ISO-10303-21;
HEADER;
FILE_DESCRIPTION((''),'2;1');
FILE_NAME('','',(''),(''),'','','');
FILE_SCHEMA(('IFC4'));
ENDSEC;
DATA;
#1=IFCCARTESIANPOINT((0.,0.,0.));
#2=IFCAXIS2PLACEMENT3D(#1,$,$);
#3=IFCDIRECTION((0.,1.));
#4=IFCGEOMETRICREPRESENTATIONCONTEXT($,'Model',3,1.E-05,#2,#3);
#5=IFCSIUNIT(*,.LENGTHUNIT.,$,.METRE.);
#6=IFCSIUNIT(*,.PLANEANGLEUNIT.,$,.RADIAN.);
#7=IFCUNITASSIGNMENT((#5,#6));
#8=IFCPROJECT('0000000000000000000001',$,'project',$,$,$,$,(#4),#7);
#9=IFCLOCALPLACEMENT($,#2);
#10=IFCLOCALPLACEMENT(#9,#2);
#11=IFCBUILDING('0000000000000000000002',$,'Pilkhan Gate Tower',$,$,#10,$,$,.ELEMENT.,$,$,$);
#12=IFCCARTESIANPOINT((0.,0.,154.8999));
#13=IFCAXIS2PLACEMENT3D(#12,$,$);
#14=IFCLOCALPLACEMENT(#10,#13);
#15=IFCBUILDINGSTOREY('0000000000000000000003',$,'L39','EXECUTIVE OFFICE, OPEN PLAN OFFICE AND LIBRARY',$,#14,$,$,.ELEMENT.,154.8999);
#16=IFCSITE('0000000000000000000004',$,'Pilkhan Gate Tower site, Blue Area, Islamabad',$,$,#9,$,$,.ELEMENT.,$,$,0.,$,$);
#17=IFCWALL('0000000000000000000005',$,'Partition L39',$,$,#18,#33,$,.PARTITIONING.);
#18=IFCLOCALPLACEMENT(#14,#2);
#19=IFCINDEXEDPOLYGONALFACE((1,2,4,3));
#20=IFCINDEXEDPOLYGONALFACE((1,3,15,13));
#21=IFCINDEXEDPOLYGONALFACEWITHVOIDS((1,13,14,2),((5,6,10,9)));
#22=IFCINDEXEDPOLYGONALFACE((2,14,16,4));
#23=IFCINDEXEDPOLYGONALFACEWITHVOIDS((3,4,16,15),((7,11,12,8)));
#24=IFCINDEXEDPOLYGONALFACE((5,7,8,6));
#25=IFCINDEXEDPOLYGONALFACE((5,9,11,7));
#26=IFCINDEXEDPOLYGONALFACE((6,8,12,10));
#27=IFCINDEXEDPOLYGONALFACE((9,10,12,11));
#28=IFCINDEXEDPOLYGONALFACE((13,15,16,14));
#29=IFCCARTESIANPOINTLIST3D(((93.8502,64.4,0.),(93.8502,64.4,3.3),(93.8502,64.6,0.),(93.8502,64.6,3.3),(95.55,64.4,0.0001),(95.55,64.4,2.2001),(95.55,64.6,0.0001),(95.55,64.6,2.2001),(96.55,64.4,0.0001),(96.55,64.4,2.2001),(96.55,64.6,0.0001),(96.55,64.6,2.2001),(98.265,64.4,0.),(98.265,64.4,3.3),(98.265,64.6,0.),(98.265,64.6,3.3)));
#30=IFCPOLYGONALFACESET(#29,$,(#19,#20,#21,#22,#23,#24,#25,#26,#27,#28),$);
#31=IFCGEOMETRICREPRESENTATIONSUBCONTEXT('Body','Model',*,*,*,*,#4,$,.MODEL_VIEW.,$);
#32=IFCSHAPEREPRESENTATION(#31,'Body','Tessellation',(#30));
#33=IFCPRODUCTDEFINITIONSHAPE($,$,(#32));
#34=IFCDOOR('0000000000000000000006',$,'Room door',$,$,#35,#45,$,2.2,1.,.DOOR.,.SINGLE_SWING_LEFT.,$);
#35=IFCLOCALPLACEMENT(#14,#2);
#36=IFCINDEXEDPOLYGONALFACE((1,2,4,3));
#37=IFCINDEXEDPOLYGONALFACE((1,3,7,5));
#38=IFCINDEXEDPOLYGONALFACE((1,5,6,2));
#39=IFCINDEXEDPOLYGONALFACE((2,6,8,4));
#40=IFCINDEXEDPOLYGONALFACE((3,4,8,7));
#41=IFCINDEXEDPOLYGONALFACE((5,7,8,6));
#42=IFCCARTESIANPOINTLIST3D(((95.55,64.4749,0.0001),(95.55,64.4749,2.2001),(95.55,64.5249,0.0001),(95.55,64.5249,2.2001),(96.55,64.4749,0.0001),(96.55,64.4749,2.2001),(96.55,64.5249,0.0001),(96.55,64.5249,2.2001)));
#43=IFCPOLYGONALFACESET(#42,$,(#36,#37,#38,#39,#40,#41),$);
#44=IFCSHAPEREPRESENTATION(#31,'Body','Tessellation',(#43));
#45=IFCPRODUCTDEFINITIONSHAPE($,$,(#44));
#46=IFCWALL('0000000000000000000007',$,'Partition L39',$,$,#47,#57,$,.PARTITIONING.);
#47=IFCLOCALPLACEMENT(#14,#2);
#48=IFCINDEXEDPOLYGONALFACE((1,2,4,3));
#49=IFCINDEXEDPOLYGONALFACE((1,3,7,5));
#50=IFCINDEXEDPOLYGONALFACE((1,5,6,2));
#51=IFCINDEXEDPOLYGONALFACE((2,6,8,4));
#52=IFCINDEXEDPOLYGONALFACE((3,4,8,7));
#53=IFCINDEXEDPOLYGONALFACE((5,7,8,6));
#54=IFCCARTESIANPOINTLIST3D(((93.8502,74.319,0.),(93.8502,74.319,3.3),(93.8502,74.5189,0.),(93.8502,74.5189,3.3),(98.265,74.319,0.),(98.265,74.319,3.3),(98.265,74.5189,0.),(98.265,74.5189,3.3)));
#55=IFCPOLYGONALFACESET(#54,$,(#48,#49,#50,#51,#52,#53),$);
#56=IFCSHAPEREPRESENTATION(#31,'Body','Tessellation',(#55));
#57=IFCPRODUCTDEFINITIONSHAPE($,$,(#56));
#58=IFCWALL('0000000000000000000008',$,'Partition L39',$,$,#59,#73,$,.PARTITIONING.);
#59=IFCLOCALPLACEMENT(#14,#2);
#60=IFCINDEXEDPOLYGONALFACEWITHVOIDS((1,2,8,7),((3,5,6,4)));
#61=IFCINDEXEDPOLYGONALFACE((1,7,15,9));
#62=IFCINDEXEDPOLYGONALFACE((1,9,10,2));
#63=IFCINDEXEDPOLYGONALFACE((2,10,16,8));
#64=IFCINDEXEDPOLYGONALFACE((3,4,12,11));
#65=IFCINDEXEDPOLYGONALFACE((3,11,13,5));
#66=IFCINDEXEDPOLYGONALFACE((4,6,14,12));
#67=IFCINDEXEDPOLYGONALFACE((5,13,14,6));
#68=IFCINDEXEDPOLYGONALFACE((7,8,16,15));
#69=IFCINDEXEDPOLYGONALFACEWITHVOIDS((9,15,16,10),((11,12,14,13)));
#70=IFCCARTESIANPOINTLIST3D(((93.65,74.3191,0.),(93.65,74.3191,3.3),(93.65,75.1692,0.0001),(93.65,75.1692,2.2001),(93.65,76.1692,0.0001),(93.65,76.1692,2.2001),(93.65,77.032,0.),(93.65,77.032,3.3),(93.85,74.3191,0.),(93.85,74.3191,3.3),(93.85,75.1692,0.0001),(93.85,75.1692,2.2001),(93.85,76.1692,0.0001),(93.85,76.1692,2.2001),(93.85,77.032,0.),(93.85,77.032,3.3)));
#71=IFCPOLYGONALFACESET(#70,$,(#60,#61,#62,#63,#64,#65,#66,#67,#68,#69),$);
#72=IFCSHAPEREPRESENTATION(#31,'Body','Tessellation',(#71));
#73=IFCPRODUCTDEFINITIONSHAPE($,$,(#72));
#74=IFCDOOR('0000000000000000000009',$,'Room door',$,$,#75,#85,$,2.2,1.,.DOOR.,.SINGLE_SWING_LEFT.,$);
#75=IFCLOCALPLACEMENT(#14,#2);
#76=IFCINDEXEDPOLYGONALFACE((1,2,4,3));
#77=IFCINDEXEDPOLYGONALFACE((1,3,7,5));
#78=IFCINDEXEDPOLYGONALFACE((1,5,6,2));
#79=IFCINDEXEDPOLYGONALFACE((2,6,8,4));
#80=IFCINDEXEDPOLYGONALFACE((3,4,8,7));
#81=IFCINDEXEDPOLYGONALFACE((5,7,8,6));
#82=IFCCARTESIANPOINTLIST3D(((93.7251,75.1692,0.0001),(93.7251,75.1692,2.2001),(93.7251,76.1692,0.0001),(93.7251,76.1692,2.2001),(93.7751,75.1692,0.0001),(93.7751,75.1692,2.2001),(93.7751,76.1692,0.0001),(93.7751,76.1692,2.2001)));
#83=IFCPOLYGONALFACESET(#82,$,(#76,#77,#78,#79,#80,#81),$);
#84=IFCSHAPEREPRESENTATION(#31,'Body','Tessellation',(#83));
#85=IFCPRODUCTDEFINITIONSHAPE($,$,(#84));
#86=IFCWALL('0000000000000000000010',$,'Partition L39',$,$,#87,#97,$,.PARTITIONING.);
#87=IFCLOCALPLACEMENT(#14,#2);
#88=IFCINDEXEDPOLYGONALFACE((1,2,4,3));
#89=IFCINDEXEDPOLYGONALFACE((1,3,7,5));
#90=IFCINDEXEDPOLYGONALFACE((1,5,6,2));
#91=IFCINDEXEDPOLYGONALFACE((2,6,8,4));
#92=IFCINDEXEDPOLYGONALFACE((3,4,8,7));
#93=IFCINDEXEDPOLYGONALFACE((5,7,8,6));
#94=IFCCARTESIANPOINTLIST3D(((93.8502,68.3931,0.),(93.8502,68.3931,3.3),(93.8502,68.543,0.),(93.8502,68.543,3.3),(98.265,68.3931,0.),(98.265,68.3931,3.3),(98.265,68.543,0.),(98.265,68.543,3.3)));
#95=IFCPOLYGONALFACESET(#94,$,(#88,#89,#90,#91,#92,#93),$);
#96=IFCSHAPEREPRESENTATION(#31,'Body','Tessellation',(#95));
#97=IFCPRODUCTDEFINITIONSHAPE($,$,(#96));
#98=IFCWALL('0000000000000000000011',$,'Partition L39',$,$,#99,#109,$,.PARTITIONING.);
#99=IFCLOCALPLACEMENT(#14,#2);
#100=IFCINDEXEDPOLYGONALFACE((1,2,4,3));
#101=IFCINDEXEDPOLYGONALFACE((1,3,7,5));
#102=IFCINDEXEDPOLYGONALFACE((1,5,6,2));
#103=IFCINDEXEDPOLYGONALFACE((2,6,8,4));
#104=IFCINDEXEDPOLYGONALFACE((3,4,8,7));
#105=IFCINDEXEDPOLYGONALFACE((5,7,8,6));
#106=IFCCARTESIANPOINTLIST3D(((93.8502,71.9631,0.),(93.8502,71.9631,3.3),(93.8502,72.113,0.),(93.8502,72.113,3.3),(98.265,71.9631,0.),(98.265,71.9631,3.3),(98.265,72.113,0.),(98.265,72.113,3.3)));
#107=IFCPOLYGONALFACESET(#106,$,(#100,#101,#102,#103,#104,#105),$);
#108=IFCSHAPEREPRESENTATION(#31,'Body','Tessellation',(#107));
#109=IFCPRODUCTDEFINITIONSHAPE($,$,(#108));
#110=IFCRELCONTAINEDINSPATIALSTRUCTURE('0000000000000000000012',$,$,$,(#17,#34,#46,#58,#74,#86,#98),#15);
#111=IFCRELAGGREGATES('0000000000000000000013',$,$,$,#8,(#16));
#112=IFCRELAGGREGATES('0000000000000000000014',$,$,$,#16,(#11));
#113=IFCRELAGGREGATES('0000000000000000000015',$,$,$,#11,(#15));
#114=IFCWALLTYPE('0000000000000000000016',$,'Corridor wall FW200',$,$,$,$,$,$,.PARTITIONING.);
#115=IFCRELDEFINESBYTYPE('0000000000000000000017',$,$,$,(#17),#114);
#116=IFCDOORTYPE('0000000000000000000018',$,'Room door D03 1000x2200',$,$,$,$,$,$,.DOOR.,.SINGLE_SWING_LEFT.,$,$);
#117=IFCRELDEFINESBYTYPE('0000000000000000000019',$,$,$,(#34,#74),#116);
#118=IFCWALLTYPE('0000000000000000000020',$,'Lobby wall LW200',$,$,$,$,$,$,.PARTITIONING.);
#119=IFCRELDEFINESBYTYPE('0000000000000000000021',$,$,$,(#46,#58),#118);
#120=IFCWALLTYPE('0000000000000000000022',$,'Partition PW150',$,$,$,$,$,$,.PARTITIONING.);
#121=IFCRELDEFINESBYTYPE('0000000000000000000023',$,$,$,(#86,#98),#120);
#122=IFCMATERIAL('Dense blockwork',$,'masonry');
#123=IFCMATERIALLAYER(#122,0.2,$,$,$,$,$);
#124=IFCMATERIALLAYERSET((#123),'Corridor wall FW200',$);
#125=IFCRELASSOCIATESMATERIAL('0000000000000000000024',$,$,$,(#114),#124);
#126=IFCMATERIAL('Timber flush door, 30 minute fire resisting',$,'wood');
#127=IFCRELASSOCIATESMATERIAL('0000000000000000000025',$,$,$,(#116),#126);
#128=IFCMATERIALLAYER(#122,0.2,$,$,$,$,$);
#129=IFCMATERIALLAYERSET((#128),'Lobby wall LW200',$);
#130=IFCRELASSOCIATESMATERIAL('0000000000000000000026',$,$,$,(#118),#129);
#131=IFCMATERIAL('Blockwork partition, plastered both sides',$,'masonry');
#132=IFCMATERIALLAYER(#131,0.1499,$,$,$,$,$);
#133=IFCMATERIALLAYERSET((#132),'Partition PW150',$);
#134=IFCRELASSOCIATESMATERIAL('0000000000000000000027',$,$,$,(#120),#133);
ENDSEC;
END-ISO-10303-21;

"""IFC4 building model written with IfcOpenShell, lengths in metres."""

from ifc_helpers import new_model, si_unit, direction, frame, frame_2d, origin, place, context, subcontext, project, spatial, rectangle, extrude, material, layer, layer_set, type_object, element, fill, save


model = new_model("IFC4")

# Units and contexts
model_context = context("Model", 3, precision=1e-05, world=origin(), true_north=direction((0.0, 1.0)))
body_context = subcontext(model_context, "Body", "Model", "MODEL_VIEW")
ifc_project = project(units=[si_unit("LENGTHUNIT", "METRE"), si_unit("PLANEANGLEUNIT", "RADIAN")], contexts=[model_context])

# Site, building, storey
site_placement = place(None, origin())
site = spatial("IfcSite", under=ifc_project, at=site_placement, Name="Pilkhan Gate Tower site, Blue Area, Islamabad", CompositionType="ELEMENT", RefElevation=0.0)
building_placement = place(site_placement, origin())
building = spatial("IfcBuilding", under=site, at=building_placement, Name="Pilkhan Gate Tower", CompositionType="ELEMENT")
storey_placement = place(building_placement, frame((0.0, 0.0, 154.8999)))
storey = spatial("IfcBuildingStorey", under=building, at=storey_placement, Name="L39", Description="EXECUTIVE OFFICE, OPEN PLAN OFFICE AND LIBRARY", CompositionType="ELEMENT", Elevation=154.8999)

# Wall, opening, door
ifc_material_1 = material(Name="Dense blockwork", Category="masonry")
ifc_layer_1 = layer(ifc_material_1, 0.2)
ifc_layer_set_1 = layer_set([ifc_layer_1], Name="Corridor wall FW200")
wall_type_1 = type_object("IfcWallType", Name="Corridor wall FW200", PredefinedType="PARTITIONING", material=ifc_layer_set_1)
wall_1_placement = place(storey_placement, frame((93.8501, 64.5, 0.0), z_axis=(0.0, 0.0, 1.0), x_axis=(1.0, 0.0, 0.0)))
wall_1 = element("IfcWall", 1, at=wall_1_placement, inside=storey, type_object=wall_type_1, Name="Partition L39", PredefinedType="PARTITIONING", context=body_context, shape_type="SweptSolid", body=[
    extrude(rectangle(XDim=4.4148, YDim=0.2, at=frame_2d((2.2075, 0.0))), origin(), (0.0, 0.0, 1.0), 3.3),
])
opening_1_placement = place(wall_1_placement, frame((1.7, 0.0, 0.0)))
opening_1 = element("IfcOpeningElement", 2, at=opening_1_placement, cuts=wall_1, PredefinedType="OPENING", context=body_context, shape_type="SweptSolid", body=[
    extrude(rectangle(XDim=1.0, YDim=2.2, at=frame_2d((0.5, 1.1001))), frame((0.0, 0.1099, 0.0), z_axis=(0.0, -1.0, 0.0), x_axis=(1.0, 0.0, 0.0)), (0.0, 0.0, 1.0), 0.22),
])
ifc_material_2 = material(Name="Timber flush door, 30 minute fire resisting", Category="wood")
door_type = type_object("IfcDoorType", Name="Room door D03 1000x2200", OperationType="SINGLE_SWING_LEFT", PredefinedType="DOOR", material=ifc_material_2)
door_1_placement = place(opening_1_placement, origin())
door_1 = element("IfcDoor", 3, at=door_1_placement, inside=storey, type_object=door_type, Name="Room door", OperationType="SINGLE_SWING_LEFT", OverallHeight=2.2, OverallWidth=1.0, PredefinedType="DOOR", context=body_context, shape_type="SweptSolid", body=[
    extrude(rectangle(XDim=1.0, YDim=2.2, at=frame_2d((0.5, 1.1001))), frame((0.0, 0.0249, 0.0), z_axis=(0.0, -1.0, 0.0), x_axis=(1.0, 0.0, 0.0)), (0.0, 0.0, 1.0), 0.05),
])
fill(opening_1, door_1)

# Wall
ifc_layer_2 = layer(ifc_material_1, 0.2)
ifc_layer_set_2 = layer_set([ifc_layer_2], Name="Lobby wall LW200")
wall_type_2 = type_object("IfcWallType", Name="Lobby wall LW200", PredefinedType="PARTITIONING", material=ifc_layer_set_2)
wall_2_placement = place(storey_placement, frame((93.8501, 74.4189, 0.0), z_axis=(0.0, 0.0, 1.0), x_axis=(1.0, 0.0, 0.0)))
element("IfcWall", 4, at=wall_2_placement, inside=storey, type_object=wall_type_2, Name="Partition L39", PredefinedType="PARTITIONING", context=body_context, shape_type="SweptSolid", body=[
    extrude(rectangle(XDim=4.4148, YDim=0.2, at=frame_2d((2.2075, 0.0))), origin(), (0.0, 0.0, 1.0), 3.3),
])

# Wall, opening, door
wall_3_placement = place(storey_placement, frame((93.75, 74.3191, 0.0), z_axis=(0.0, 0.0, 1.0), x_axis=(0.0, 1.0, 0.0)))
wall_3 = element("IfcWall", 5, at=wall_3_placement, inside=storey, type_object=wall_type_2, Name="Partition L39", PredefinedType="PARTITIONING", context=body_context, shape_type="SweptSolid", body=[
    extrude(rectangle(XDim=2.7129, YDim=0.2, at=frame_2d((1.3564, 0.0))), origin(), (0.0, 0.0, 1.0), 3.3),
])
opening_2_placement = place(wall_3_placement, frame((0.8501, 0.0, 0.0)))
opening_2 = element("IfcOpeningElement", 6, at=opening_2_placement, cuts=wall_3, PredefinedType="OPENING", context=body_context, shape_type="SweptSolid", body=[
    extrude(rectangle(XDim=1.0, YDim=2.2, at=frame_2d((0.5, 1.1001))), frame((0.0, 0.1099, 0.0), z_axis=(0.0, -1.0, 0.0), x_axis=(1.0, 0.0, 0.0)), (0.0, 0.0, 1.0), 0.22),
])
door_2_placement = place(opening_2_placement, origin())
door_2 = element("IfcDoor", 7, at=door_2_placement, inside=storey, type_object=door_type, Name="Room door", OperationType="SINGLE_SWING_LEFT", OverallHeight=2.2, OverallWidth=1.0, PredefinedType="DOOR", context=body_context, shape_type="SweptSolid", body=[
    extrude(rectangle(XDim=1.0, YDim=2.2, at=frame_2d((0.5, 1.1001))), frame((0.0, 0.0249, 0.0), z_axis=(0.0, -1.0, 0.0), x_axis=(1.0, 0.0, 0.0)), (0.0, 0.0, 1.0), 0.05),
])
fill(opening_2, door_2)

# Walls
ifc_material_3 = material(Name="Blockwork partition, plastered both sides", Category="masonry")
ifc_layer_3 = layer(ifc_material_3, 0.1499)
ifc_layer_set_3 = layer_set([ifc_layer_3], Name="Partition PW150")
wall_type_3 = type_object("IfcWallType", Name="Partition PW150", PredefinedType="PARTITIONING", material=ifc_layer_set_3)
for number, where, z_axis, x_axis, name in (
    (8, (93.8501, 68.468, 0.0), (0.0, 0.0, 1.0), (1.0, 0.0, 0.0), "Partition L39"),
    (9, (93.8501, 72.0381, 0.0), (0.0, 0.0, 1.0), (1.0, 0.0, 0.0), "Partition L39"),
):
    element("IfcWall", number, at=place(storey_placement, frame(where, z_axis=z_axis, x_axis=x_axis)), inside=storey, type_object=wall_type_3, Name=name, PredefinedType="PARTITIONING", context=body_context, shape_type="SweptSolid", body=[
        extrude(rectangle(XDim=4.4148, YDim=0.1499, at=frame_2d((2.2075, 0.0))), origin(), (0.0, 0.0, 1.0), 3.3),
    ])

save(model, "model.ifc")
